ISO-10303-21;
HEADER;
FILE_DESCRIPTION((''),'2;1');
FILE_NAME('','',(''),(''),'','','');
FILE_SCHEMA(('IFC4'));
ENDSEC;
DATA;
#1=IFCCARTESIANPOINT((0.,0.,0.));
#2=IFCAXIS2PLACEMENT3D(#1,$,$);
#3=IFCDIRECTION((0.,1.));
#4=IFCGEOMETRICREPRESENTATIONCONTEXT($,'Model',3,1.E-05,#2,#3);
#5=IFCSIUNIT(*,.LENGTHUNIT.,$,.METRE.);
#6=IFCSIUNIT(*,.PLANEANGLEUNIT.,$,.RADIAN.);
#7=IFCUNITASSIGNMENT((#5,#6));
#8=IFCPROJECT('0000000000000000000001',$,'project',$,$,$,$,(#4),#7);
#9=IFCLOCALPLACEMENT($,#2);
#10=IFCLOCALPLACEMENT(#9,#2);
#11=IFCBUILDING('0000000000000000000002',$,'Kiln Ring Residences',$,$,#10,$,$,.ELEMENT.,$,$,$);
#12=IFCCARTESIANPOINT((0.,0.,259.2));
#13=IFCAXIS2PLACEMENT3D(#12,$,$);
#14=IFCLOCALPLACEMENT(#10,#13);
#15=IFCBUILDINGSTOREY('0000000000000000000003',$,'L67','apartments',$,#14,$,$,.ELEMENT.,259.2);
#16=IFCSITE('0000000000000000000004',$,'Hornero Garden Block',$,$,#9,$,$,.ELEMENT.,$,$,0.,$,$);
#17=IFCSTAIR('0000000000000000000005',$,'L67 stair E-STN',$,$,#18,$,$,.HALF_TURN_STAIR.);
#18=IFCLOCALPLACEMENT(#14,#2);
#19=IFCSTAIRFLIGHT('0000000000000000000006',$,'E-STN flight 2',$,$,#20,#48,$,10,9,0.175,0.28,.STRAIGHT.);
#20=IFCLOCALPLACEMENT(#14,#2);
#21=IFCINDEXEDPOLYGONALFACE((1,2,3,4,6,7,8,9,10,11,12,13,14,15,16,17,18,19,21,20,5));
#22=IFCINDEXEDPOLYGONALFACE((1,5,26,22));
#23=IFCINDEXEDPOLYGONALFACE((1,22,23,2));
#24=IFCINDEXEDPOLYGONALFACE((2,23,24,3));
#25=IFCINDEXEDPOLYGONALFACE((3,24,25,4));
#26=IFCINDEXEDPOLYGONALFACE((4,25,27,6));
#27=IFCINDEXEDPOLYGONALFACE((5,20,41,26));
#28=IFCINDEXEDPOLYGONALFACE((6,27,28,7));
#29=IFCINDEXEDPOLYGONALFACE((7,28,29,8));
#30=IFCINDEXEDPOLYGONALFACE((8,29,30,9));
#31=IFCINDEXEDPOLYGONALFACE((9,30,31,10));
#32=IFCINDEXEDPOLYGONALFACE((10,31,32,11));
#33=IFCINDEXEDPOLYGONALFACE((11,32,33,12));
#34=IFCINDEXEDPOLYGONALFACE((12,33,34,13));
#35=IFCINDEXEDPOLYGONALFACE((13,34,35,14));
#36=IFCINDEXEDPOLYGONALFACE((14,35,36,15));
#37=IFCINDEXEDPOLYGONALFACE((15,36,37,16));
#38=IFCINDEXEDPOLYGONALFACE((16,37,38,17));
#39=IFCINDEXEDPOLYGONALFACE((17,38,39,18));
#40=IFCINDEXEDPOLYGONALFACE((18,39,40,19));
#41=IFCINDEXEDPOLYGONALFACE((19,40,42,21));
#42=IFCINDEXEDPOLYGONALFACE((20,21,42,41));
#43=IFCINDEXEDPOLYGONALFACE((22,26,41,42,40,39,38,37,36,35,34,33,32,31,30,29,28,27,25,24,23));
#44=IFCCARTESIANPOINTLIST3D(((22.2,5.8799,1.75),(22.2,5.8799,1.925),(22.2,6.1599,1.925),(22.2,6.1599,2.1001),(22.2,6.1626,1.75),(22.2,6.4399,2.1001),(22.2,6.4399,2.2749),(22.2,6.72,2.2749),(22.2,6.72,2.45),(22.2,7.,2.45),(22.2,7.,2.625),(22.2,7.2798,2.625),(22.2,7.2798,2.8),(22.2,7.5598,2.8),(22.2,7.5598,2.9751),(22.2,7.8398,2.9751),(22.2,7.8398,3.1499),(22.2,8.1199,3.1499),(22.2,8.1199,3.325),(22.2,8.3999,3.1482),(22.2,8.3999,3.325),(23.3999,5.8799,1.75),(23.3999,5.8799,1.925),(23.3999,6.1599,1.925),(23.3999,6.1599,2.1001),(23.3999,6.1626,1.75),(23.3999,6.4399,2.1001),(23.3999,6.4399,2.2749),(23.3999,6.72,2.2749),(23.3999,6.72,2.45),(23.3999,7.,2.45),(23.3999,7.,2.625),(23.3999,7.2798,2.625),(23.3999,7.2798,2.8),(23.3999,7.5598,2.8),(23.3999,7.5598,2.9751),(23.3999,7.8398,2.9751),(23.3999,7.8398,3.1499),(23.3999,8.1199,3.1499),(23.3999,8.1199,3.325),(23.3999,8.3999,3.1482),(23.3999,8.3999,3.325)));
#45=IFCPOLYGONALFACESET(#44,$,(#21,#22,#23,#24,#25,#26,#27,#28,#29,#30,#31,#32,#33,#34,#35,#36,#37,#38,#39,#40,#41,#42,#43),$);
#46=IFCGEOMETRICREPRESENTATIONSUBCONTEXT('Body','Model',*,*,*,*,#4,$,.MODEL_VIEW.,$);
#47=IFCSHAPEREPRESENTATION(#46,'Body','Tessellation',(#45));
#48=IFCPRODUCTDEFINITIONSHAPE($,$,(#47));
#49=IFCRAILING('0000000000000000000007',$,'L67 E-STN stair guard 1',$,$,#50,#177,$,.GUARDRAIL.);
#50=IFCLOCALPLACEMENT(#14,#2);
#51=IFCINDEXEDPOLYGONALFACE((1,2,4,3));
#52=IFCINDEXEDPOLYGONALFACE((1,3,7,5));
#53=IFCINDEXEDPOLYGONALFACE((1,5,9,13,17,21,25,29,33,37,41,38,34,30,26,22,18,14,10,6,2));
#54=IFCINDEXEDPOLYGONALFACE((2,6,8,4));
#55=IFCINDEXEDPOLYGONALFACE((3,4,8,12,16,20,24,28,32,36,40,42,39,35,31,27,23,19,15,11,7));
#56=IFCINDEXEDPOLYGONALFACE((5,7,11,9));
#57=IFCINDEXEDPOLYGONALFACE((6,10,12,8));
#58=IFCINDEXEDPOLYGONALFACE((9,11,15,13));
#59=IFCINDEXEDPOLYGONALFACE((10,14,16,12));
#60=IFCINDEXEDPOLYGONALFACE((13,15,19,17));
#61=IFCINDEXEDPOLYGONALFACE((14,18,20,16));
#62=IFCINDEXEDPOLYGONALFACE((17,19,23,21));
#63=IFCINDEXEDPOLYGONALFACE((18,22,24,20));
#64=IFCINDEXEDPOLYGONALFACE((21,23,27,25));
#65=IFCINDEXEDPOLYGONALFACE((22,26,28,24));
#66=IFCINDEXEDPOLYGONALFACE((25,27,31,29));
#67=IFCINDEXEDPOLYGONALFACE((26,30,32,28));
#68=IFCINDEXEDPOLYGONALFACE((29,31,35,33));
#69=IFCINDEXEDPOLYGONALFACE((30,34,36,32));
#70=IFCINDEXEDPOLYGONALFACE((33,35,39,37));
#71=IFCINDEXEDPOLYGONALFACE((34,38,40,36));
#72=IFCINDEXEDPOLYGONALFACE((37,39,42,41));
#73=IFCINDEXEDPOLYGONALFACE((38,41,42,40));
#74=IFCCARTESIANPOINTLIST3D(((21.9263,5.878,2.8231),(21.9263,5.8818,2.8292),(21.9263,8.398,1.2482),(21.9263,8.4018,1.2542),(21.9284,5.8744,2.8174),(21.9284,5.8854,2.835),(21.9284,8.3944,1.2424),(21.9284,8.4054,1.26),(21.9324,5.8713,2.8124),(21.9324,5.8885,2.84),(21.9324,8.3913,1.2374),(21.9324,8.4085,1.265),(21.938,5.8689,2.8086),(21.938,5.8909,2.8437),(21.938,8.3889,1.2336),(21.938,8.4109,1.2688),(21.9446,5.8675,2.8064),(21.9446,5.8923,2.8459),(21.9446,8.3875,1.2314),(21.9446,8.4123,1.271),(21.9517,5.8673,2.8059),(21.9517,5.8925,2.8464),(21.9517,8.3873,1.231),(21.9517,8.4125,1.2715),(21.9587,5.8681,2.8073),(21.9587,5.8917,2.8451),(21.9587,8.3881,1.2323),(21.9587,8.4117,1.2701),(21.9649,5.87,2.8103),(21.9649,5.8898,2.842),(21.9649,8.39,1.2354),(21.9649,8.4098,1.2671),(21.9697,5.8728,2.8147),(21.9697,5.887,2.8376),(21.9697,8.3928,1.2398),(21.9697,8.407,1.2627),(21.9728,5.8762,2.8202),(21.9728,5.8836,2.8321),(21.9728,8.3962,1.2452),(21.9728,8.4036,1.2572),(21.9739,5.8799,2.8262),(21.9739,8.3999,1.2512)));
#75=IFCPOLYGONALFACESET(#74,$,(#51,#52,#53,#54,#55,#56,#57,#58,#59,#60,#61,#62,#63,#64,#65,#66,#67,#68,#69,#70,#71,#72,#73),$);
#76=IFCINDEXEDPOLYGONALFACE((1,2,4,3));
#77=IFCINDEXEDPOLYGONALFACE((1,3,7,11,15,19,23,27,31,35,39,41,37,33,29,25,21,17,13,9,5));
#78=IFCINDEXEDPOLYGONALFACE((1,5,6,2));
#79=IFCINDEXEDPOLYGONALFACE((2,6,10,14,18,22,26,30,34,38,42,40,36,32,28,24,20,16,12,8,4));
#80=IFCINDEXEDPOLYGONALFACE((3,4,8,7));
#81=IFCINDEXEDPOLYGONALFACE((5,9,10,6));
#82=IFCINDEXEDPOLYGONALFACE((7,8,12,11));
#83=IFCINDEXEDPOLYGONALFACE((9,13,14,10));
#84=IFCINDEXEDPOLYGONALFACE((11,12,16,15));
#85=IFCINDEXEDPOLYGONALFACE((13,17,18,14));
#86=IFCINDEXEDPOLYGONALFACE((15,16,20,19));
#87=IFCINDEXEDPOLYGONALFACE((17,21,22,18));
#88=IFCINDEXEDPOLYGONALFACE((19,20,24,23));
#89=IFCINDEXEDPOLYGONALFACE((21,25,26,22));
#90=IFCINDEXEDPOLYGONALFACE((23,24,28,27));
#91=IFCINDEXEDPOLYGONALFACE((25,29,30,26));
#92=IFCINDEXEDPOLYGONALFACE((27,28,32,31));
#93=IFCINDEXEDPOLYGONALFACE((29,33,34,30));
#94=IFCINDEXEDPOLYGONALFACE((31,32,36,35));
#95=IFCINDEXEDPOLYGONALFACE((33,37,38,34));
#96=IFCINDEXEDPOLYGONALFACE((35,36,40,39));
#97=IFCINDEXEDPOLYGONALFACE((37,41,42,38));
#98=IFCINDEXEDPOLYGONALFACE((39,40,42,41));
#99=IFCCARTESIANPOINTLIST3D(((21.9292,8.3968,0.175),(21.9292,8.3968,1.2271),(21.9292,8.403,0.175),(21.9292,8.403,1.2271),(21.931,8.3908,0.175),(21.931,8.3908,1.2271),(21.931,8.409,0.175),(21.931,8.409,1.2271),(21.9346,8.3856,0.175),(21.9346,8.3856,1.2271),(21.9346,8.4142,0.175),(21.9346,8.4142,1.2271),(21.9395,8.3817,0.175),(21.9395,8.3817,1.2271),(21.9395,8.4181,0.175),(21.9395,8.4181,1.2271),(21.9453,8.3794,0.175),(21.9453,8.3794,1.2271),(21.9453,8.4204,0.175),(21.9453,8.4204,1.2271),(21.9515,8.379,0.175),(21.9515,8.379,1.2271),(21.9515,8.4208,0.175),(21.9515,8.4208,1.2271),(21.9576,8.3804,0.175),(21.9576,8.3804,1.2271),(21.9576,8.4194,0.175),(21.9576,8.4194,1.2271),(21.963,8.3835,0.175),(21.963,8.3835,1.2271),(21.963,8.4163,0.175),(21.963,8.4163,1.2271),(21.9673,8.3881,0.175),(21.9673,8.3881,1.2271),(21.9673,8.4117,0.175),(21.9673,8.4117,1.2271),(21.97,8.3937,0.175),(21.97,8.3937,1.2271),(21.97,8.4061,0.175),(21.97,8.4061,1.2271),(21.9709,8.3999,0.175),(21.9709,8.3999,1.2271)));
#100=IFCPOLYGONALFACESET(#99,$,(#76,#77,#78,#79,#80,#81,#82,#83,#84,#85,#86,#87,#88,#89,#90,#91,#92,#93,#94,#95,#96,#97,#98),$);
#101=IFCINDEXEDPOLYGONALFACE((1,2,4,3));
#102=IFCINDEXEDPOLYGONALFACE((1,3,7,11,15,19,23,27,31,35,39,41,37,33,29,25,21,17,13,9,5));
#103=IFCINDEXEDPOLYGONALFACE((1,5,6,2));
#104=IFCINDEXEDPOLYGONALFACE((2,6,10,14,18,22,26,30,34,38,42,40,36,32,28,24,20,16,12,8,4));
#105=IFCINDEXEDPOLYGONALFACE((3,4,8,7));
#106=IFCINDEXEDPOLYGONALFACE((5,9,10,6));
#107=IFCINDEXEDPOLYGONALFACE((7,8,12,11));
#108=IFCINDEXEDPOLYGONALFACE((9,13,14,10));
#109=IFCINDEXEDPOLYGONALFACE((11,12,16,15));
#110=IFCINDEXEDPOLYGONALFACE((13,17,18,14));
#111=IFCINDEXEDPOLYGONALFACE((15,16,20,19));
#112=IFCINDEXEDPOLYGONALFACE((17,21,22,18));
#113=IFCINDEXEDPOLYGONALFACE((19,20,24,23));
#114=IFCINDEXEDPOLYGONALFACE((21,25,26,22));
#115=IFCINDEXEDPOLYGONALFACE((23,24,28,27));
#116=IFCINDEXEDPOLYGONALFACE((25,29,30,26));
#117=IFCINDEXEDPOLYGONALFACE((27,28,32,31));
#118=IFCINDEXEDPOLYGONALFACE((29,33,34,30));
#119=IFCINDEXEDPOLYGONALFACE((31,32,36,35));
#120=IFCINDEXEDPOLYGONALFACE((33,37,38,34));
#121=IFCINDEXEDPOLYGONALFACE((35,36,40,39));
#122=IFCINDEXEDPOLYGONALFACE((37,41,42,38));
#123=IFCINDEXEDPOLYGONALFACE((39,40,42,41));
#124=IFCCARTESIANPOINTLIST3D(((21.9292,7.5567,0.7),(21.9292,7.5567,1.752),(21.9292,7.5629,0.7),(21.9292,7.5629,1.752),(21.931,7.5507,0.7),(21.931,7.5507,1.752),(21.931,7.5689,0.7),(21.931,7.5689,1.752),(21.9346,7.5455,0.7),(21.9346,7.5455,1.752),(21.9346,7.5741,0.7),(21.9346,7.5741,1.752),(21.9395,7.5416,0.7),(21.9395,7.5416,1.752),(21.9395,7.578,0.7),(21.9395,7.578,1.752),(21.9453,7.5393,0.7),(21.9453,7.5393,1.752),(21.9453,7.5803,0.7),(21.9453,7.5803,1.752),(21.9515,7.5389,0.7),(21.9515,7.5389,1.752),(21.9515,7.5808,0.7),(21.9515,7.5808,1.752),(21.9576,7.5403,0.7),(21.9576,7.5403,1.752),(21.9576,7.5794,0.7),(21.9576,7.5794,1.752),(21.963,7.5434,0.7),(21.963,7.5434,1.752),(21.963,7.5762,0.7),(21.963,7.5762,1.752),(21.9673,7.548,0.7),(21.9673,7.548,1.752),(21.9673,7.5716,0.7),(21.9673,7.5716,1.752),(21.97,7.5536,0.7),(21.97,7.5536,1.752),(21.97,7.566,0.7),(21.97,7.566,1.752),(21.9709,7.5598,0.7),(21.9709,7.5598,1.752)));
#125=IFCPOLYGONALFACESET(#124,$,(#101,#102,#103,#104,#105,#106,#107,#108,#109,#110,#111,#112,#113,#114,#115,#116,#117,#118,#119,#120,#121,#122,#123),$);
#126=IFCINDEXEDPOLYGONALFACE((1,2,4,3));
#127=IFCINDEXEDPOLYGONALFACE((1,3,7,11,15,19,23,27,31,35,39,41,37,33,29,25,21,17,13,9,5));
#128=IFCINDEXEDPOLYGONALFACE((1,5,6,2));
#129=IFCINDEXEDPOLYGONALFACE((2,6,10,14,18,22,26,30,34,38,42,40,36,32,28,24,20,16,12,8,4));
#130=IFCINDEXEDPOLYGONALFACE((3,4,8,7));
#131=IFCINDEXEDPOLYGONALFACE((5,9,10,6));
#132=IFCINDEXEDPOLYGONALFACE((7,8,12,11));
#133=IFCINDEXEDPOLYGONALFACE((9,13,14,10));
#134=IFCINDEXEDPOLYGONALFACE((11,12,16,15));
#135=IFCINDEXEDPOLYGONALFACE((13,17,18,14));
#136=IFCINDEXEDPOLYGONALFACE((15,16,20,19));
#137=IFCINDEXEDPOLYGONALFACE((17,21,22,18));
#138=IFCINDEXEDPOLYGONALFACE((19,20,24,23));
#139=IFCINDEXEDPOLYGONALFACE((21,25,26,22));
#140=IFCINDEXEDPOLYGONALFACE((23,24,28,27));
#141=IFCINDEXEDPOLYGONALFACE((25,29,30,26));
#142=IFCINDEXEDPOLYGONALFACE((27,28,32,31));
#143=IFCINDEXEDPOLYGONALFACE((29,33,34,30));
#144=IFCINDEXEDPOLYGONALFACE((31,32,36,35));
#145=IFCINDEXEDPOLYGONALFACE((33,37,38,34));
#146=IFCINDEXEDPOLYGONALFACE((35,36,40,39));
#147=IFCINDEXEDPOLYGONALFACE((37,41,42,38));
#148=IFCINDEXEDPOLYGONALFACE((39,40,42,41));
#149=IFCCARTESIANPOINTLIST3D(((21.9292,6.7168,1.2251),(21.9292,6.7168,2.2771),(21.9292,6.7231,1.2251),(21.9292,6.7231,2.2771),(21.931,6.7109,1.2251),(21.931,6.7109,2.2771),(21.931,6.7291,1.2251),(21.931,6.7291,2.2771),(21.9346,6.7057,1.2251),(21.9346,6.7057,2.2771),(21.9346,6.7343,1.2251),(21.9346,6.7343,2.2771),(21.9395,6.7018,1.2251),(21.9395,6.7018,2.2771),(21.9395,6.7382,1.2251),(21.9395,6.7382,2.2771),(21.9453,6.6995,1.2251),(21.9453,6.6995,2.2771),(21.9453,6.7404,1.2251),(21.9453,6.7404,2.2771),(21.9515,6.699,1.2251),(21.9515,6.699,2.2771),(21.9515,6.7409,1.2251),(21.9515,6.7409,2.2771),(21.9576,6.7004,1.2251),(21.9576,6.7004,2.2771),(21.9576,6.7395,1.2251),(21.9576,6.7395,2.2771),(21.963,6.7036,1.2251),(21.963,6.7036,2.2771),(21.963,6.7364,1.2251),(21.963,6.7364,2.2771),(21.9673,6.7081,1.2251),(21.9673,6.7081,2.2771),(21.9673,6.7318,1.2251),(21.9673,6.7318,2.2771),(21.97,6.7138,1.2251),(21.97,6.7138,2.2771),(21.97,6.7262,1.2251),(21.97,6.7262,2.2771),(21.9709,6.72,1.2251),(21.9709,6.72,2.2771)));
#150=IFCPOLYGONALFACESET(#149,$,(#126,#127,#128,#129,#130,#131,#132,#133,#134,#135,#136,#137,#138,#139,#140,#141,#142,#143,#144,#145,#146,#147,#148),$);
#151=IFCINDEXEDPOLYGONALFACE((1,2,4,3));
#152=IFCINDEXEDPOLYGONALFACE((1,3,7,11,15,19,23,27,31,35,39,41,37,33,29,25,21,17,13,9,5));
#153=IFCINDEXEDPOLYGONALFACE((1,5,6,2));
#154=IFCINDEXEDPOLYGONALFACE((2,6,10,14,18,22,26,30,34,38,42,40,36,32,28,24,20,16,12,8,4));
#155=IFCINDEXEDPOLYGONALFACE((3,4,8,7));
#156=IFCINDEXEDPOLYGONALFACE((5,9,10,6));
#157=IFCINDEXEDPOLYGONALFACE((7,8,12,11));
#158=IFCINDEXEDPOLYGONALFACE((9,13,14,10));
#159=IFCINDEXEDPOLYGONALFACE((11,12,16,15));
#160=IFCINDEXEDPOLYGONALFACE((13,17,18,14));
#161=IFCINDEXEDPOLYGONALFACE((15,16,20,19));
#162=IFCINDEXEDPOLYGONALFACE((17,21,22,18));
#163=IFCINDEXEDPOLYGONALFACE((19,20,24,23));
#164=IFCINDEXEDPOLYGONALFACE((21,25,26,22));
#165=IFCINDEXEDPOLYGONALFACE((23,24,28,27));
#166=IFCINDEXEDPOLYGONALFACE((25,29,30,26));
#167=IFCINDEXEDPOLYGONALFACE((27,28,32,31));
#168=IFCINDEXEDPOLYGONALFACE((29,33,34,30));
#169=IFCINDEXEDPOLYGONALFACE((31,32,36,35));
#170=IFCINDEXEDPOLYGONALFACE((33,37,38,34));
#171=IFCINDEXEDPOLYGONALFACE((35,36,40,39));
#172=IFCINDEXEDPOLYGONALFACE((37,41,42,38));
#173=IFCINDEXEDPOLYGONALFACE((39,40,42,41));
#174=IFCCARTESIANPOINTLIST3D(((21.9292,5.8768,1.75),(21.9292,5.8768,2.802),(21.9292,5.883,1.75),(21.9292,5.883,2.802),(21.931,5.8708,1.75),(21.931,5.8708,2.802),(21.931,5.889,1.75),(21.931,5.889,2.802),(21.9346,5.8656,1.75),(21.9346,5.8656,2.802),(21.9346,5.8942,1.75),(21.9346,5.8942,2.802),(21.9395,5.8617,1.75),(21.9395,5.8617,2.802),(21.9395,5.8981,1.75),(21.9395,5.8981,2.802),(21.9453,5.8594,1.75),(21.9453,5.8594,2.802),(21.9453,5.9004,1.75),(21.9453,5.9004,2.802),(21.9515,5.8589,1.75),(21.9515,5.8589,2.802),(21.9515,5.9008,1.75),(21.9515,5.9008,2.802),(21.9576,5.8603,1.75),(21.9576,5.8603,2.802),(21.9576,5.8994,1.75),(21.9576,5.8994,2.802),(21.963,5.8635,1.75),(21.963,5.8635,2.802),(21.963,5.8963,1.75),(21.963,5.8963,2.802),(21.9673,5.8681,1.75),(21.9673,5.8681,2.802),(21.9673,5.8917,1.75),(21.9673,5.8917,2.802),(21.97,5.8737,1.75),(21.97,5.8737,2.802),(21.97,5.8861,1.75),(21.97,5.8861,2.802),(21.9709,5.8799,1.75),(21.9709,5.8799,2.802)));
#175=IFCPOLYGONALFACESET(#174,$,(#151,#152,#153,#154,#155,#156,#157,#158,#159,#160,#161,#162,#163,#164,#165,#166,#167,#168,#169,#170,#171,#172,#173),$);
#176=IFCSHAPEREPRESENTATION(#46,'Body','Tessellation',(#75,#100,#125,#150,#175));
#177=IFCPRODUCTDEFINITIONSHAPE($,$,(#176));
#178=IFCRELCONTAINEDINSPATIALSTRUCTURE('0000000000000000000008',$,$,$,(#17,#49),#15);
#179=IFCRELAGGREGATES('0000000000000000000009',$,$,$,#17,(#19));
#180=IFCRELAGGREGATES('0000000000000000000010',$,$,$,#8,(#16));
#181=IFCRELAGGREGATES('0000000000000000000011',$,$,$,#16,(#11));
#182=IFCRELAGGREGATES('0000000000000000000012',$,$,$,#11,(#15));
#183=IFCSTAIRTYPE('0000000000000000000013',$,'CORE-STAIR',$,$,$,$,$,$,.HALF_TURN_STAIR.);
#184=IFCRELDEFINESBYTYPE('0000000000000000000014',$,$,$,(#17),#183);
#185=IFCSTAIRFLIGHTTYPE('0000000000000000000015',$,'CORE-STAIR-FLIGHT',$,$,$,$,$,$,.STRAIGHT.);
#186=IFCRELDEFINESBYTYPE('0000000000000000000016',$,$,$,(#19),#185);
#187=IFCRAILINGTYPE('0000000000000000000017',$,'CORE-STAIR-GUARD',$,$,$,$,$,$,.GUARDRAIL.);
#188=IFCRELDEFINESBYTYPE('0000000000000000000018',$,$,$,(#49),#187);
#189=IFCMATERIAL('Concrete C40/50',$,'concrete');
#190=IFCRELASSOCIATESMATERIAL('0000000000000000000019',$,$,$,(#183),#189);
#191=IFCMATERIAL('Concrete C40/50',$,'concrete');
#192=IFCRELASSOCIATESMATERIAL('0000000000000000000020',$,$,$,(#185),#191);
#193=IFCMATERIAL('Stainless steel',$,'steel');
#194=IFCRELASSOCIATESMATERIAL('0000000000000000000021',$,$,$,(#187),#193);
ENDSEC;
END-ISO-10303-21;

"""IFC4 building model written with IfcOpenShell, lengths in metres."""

from ifc_helpers import new_model, si_unit, direction, frame, origin, origin_2d, place, context, subcontext, project, spatial, polyline, circle, outline, extrude, material, type_object, element, aggregate, save


model = new_model("IFC4")

# Units and contexts
model_context = context("Model", 3, precision=1e-05, world=origin(), true_north=direction((0.0, 1.0)))
body_context = subcontext(model_context, "Body", "Model", "MODEL_VIEW")
ifc_project = project(units=[si_unit("LENGTHUNIT", "METRE"), si_unit("PLANEANGLEUNIT", "RADIAN")], contexts=[model_context])

# Site, building, storey
site_placement = place(None, origin())
site = spatial("IfcSite", under=ifc_project, at=site_placement, Name="Hornero Garden Block", CompositionType="ELEMENT", RefElevation=0.0)
building_placement = place(site_placement, origin())
building = spatial("IfcBuilding", under=site, at=building_placement, Name="Kiln Ring Residences", CompositionType="ELEMENT")
storey_placement = place(building_placement, frame((0.0, 0.0, 259.2)))
storey = spatial("IfcBuildingStorey", under=building, at=storey_placement, Name="L67", Description="apartments", CompositionType="ELEMENT", Elevation=259.2)

# Stair, stair flight
ifc_material_1 = material(Name="Concrete C40/50", Category="concrete")
stair_type = type_object("IfcStairType", Name="CORE-STAIR", PredefinedType="HALF_TURN_STAIR", material=ifc_material_1)
stair_placement = place(storey_placement, origin())
stair = element("IfcStair", 1, at=stair_placement, inside=storey, type_object=stair_type, Name="L67 stair E-STN", PredefinedType="HALF_TURN_STAIR")
ifc_material_2 = material(Name="Concrete C40/50", Category="concrete")
stair_flight_type = type_object("IfcStairFlightType", Name="CORE-STAIR-FLIGHT", PredefinedType="STRAIGHT", material=ifc_material_2)
stair_flight_1_placement = place(storey_placement, frame((22.8, 5.8799, 1.75), z_axis=(0.0, 0.0, 1.0), x_axis=(0.0, 1.0, 0.0)))
stair_flight_1 = element("IfcStairFlight", 2, at=stair_flight_1_placement, type_object=stair_flight_type, Name="E-STN flight 2", NumberOfRisers=10, NumberOfTreads=9, PredefinedType="STRAIGHT", RiserHeight=0.175, TreadLength=0.28, context=body_context, shape_type="SweptSolid", body=[
    extrude(outline(polyline([(0.0, 0.0), (0.0, 0.175), (0.28, 0.175), (0.28, 0.3501), (0.5601, 0.3501), (0.5601, 0.5249), (0.8401, 0.5249), (0.8401, 0.7), (1.1201, 0.7), (1.1201, 0.875), (1.3999, 0.875), (1.3999, 1.05), (1.6799, 1.05), (1.6799, 1.2251), (1.96, 1.2251), (1.96, 1.3999), (2.24, 1.3999), (2.24, 1.575), (2.52, 1.575), (2.52, 1.75), (2.52, 1.3982), (0.2827, 0.0), (0.0, 0.0)])), frame((0.0, 0.6001, 0.0), z_axis=(0.0, -1.0, 0.0), x_axis=(1.0, 0.0, 0.0)), (0.0, 0.0, 1.0), 1.2),
])
aggregate(stair, [stair_flight_1])

# Railing
ifc_material_3 = material(Name="Stainless steel", Category="steel")
railing_type_1 = type_object("IfcRailingType", Name="CORE-STAIR-GUARD", PredefinedType="GUARDRAIL", material=ifc_material_3)
railing_1_placement = place(storey_placement, frame((21.95, 8.3999, 0.175)))
element("IfcRailing", 3, at=railing_1_placement, inside=storey, type_object=railing_type_1, Name="L67 E-STN stair guard 1", PredefinedType="GUARDRAIL", context=body_context, shape_type="SweptSolid", body=[
    extrude(circle(Radius=0.0239, at=origin_2d()), frame((0.0, 0.0, 1.0762), z_axis=(0.0, -0.848008, 0.529984), x_axis=(1.0, 0.0, 0.0)), (0.0, 0.0, 1.0), 2.9717),
    extrude(circle(Radius=0.021, at=origin_2d()), origin(), (0.0, 0.0, 1.0), 1.052),
    extrude(circle(Radius=0.021, at=origin_2d()), frame((0.0, -0.8401, 0.5249)), (0.0, 0.0, 1.0), 1.052),
    extrude(circle(Radius=0.021, at=origin_2d()), frame((0.0, -1.6799, 1.05)), (0.0, 0.0, 1.0), 1.052),
    extrude(circle(Radius=0.021, at=origin_2d()), frame((0.0, -2.52, 1.575)), (0.0, 0.0, 1.0), 1.052),
])

save(model, "model.ifc")
